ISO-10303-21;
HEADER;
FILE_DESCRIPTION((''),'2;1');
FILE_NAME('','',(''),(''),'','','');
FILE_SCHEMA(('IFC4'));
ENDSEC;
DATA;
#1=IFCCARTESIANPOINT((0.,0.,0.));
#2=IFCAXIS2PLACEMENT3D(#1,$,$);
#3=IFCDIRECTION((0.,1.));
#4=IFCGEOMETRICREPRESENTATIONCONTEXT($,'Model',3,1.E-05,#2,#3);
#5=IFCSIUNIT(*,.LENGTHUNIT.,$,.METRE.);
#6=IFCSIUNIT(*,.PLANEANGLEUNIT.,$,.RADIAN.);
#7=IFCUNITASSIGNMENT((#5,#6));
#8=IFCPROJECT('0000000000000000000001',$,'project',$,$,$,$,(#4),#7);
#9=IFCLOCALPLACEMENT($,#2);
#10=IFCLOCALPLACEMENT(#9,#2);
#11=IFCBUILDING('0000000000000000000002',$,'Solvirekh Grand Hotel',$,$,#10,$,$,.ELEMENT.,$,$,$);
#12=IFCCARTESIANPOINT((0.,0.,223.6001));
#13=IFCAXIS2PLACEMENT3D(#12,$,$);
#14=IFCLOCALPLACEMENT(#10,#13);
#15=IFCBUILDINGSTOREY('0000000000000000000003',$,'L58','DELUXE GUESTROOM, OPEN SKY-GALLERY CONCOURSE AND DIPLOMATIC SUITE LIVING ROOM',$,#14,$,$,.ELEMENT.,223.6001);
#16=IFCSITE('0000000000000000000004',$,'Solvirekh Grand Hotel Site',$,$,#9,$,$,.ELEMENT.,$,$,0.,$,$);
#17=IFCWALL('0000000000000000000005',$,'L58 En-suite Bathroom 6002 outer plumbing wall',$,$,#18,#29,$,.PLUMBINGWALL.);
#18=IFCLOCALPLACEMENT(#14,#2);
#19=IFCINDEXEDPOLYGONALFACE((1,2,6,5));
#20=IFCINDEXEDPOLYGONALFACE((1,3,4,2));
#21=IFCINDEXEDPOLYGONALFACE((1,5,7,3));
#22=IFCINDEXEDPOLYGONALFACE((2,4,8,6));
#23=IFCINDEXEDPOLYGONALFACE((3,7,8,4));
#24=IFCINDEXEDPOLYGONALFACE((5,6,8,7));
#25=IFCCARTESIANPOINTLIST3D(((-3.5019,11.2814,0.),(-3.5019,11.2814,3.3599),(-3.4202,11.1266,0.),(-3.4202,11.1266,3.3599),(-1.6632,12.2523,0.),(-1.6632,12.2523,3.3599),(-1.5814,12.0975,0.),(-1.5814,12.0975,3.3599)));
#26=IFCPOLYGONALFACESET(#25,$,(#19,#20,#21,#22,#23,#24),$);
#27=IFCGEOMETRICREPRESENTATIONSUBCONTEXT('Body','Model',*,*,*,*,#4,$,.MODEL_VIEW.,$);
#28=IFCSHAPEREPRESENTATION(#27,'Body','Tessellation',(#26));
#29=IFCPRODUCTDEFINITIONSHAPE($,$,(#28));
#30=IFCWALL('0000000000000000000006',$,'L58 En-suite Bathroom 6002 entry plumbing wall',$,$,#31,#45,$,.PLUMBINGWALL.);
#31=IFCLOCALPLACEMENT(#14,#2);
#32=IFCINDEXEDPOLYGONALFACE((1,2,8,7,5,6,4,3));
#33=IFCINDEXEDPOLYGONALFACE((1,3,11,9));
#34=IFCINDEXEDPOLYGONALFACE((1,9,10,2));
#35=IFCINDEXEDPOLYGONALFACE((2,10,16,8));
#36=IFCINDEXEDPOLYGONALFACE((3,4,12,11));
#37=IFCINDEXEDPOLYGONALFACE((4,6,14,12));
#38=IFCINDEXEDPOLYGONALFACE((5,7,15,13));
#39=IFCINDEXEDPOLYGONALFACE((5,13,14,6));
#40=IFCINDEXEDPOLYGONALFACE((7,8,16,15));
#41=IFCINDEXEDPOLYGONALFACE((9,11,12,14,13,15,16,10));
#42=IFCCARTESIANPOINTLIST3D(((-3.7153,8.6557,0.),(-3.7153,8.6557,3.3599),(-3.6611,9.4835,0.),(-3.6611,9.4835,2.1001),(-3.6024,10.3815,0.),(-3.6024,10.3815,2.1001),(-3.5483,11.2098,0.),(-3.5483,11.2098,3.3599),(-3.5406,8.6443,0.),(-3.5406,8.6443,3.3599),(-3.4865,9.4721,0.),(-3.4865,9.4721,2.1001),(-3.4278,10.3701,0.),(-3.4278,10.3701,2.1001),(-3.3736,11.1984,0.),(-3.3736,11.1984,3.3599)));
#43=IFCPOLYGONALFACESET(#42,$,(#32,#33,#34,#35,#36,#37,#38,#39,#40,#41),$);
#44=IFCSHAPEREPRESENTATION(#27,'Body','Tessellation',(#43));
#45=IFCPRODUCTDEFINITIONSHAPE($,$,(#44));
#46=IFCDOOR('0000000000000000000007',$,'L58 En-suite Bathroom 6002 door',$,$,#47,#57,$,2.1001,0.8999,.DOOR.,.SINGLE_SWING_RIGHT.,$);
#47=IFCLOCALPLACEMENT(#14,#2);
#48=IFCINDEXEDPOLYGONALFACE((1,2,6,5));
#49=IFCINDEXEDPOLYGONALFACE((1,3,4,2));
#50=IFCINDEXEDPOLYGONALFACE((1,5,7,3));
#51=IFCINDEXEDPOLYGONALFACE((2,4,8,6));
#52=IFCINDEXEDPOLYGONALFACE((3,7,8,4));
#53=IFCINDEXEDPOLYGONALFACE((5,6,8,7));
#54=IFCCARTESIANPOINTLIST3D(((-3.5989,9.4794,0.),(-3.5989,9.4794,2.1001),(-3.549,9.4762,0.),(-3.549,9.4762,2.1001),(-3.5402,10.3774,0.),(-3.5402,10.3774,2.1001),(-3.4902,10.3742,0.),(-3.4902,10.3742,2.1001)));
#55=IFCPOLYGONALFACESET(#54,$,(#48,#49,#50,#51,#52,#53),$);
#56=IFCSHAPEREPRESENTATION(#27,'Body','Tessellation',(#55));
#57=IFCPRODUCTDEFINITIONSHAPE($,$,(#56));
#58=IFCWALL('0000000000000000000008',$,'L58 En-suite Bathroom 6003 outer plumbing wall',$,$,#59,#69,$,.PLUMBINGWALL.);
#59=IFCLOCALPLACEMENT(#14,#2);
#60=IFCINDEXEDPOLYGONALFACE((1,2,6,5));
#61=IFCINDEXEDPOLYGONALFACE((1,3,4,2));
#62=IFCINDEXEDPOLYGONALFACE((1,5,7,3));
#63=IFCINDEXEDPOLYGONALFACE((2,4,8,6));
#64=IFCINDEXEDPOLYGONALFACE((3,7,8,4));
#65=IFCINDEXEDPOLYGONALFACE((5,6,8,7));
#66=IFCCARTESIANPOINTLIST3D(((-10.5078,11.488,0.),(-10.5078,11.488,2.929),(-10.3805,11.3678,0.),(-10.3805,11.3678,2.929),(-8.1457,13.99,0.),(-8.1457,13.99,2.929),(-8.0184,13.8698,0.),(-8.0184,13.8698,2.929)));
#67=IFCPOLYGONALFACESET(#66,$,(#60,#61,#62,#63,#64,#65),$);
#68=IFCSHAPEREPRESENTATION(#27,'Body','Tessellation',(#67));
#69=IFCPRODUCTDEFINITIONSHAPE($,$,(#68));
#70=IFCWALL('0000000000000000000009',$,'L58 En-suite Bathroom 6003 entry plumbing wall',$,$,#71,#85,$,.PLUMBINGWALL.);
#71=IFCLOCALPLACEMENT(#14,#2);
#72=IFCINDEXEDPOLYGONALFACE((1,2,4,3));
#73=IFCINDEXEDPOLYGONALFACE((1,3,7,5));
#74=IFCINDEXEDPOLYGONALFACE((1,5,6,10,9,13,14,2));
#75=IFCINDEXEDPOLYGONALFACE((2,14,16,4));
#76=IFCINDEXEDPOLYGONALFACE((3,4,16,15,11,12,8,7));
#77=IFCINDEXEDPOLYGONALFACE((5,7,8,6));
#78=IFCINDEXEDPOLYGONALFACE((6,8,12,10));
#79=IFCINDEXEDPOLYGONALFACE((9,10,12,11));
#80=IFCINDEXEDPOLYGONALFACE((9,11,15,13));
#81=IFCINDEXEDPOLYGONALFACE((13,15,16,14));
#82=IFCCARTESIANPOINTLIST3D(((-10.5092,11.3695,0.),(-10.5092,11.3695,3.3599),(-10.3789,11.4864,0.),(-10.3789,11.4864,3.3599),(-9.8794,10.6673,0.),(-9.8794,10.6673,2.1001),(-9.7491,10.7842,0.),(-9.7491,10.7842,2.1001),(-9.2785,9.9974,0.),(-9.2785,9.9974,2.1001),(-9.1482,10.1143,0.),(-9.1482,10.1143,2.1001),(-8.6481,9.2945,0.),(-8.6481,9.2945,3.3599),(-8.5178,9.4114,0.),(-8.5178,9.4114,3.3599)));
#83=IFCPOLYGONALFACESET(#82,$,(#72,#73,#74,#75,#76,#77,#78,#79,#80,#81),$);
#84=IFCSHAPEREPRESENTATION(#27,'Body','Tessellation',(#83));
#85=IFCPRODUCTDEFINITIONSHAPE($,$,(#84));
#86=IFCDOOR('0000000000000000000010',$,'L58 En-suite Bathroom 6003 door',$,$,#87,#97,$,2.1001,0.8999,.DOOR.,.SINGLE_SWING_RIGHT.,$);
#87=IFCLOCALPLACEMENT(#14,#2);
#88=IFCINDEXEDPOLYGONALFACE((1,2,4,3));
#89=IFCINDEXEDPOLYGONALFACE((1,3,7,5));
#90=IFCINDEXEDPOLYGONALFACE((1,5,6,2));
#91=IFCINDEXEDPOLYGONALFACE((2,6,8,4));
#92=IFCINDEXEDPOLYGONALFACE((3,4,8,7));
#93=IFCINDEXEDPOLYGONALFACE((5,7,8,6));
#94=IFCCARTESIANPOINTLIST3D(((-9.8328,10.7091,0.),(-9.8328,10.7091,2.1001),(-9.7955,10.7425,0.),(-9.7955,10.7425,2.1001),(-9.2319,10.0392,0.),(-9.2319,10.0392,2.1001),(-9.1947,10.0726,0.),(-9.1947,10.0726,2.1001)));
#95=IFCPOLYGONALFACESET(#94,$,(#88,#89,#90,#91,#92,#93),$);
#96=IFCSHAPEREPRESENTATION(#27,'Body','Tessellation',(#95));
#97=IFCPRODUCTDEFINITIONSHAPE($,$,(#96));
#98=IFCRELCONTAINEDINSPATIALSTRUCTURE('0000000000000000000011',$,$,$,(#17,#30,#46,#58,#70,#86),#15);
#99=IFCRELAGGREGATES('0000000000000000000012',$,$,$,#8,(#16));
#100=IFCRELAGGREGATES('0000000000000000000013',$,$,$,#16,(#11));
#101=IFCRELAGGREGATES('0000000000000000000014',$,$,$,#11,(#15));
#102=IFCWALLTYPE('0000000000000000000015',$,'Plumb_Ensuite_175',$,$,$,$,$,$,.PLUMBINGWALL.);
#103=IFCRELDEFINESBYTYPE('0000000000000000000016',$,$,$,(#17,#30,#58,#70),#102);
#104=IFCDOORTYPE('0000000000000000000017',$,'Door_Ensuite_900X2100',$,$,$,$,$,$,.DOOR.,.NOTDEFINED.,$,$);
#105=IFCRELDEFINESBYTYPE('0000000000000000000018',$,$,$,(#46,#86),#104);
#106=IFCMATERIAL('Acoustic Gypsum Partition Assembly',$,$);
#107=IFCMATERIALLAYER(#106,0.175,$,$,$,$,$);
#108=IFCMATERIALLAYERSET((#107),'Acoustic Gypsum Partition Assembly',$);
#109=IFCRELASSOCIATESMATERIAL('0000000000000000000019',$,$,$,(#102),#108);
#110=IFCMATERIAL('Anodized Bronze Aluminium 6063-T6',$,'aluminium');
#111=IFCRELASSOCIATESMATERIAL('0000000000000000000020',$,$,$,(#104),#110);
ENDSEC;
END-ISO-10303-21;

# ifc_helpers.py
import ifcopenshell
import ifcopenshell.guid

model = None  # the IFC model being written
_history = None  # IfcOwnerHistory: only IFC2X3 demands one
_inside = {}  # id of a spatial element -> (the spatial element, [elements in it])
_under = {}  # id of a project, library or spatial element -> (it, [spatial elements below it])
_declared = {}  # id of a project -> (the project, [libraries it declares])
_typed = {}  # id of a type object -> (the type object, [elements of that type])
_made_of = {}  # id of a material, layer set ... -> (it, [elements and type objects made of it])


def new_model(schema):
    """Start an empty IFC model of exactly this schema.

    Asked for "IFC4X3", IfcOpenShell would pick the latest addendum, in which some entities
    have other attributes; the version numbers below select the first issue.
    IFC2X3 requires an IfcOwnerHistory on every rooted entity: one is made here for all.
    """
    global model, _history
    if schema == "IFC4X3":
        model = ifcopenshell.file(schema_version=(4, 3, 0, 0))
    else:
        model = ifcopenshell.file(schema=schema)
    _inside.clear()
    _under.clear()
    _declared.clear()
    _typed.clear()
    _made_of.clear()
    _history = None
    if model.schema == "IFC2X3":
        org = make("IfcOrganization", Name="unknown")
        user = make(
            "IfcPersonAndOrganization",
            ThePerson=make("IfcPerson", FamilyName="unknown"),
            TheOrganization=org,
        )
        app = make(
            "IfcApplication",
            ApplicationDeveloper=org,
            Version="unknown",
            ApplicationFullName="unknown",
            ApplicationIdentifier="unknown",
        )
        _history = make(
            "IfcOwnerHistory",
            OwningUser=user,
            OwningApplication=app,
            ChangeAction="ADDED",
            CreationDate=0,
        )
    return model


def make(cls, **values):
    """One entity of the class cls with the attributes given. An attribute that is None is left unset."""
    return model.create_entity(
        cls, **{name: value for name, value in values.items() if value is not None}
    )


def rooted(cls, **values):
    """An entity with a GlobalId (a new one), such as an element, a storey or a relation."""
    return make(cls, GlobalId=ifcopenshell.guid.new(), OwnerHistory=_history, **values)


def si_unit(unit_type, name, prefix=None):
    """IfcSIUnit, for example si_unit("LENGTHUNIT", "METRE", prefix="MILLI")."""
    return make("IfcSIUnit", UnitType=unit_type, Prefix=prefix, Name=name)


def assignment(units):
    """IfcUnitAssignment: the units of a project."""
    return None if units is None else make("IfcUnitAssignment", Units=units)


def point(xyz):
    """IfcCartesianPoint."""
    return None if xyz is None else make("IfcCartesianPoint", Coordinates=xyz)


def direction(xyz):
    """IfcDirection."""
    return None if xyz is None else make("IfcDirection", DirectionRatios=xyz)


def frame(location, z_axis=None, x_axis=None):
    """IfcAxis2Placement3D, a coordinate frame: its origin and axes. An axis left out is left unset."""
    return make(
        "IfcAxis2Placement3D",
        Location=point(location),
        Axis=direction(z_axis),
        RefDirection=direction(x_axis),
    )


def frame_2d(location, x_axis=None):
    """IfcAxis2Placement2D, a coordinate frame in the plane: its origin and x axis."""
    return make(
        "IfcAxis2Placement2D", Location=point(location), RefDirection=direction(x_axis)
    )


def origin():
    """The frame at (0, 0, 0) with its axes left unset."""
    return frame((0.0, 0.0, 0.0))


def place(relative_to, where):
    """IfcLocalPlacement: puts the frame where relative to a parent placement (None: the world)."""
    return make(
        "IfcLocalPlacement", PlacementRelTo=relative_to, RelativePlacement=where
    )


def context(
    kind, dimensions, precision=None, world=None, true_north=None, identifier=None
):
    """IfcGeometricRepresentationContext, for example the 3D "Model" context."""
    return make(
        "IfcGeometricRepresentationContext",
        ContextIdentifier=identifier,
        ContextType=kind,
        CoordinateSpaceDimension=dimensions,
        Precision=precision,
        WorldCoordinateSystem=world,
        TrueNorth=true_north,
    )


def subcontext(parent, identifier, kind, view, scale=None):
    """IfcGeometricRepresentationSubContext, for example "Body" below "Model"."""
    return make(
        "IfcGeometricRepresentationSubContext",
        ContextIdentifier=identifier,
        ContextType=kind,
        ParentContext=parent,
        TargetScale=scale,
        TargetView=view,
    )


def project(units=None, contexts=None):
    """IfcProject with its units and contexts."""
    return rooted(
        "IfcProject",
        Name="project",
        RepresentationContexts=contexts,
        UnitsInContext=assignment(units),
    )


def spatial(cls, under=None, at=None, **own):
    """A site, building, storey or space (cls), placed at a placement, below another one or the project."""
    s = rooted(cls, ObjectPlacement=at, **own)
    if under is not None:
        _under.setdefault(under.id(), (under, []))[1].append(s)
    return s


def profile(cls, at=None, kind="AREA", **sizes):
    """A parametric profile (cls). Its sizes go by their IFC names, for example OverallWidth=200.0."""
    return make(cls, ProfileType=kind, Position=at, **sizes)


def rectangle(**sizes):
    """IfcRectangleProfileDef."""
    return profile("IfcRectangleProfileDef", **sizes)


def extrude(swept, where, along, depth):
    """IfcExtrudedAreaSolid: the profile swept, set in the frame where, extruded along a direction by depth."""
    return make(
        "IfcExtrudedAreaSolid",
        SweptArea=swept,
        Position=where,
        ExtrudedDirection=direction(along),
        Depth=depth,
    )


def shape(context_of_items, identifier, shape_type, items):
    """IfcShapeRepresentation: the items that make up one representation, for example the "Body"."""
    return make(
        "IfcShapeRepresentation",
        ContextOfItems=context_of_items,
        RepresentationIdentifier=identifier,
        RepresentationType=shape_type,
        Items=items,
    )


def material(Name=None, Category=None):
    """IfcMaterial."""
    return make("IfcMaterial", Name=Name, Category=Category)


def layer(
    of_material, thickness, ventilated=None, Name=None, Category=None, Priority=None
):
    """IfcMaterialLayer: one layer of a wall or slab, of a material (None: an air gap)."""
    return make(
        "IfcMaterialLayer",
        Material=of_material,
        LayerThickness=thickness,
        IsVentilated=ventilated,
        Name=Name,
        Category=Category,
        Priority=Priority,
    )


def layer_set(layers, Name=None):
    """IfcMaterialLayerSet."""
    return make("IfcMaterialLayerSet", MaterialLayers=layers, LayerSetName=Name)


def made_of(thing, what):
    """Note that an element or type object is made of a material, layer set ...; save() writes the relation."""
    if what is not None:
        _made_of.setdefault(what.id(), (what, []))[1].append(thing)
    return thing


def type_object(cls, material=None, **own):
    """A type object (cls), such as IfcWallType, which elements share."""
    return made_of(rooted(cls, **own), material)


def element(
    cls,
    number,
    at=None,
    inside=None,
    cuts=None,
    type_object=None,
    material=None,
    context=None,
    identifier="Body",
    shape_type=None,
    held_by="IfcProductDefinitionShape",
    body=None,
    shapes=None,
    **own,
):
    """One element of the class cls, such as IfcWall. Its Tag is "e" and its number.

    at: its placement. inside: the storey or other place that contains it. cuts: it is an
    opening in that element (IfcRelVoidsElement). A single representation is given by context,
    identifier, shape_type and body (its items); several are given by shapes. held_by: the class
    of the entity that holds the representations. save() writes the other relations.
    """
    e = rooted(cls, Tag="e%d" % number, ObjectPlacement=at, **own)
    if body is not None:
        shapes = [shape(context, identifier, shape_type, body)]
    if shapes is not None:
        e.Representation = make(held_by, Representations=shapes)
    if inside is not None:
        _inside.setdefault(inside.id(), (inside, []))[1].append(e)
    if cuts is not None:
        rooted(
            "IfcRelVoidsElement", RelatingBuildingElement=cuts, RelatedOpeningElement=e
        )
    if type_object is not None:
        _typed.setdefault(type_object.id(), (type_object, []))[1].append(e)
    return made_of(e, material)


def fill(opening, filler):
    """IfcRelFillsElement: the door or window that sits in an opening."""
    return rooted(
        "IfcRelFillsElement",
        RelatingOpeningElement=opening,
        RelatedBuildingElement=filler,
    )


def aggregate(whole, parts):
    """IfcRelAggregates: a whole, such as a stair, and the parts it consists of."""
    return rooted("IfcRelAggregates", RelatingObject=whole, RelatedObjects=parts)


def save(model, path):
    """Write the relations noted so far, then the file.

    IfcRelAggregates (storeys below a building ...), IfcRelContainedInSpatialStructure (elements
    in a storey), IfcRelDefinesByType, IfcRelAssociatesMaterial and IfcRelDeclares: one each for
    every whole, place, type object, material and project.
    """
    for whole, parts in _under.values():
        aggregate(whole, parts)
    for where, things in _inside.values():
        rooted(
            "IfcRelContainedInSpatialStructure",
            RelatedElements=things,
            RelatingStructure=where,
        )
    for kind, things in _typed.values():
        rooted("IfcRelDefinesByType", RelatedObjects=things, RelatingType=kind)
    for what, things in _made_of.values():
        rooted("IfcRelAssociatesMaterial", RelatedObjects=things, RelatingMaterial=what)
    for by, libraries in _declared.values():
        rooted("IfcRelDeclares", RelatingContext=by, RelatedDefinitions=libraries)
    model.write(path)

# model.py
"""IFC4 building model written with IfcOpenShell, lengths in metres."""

from ifc_helpers import new_model, si_unit, direction, frame, frame_2d, origin, place, context, subcontext, project, spatial, rectangle, extrude, material, layer, layer_set, type_object, element, fill, save


model = new_model("IFC4")

# Units and contexts
model_context = context("Model", 3, precision=1e-05, world=origin(), true_north=direction((0.0, 1.0)))
body_context = subcontext(model_context, "Body", "Model", "MODEL_VIEW")
ifc_project = project(units=[si_unit("LENGTHUNIT", "METRE"), si_unit("PLANEANGLEUNIT", "RADIAN")], contexts=[model_context])

# Site, building, storey
site_placement = place(None, origin())
site = spatial("IfcSite", under=ifc_project, at=site_placement, Name="Solvirekh Grand Hotel Site", CompositionType="ELEMENT", RefElevation=0.0)
building_placement = place(site_placement, origin())
building = spatial("IfcBuilding", under=site, at=building_placement, Name="Solvirekh Grand Hotel", CompositionType="ELEMENT")
storey_placement = place(building_placement, frame((0.0, 0.0, 223.6001)))
storey = spatial("IfcBuildingStorey", under=building, at=storey_placement, Name="L58", Description="DELUXE GUESTROOM, OPEN SKY-GALLERY CONCOURSE AND DIPLOMATIC SUITE LIVING ROOM", CompositionType="ELEMENT", Elevation=223.6001)

# Shared definitions
ifc_material_1 = material(Name="Anodized Bronze Aluminium 6063-T6", Category="aluminium")

# Shared definitions
ifc_material_2 = material(Name="Acoustic Gypsum Partition Assembly")

# Wall
ifc_layer_1 = layer(ifc_material_2, 0.175)
ifc_layer_set_1 = layer_set([ifc_layer_1], Name="Acoustic Gypsum Partition Assembly")
wall_type_1 = type_object("IfcWallType", Name="Plumb_Ensuite_175", PredefinedType="PLUMBINGWALL", material=ifc_layer_set_1)
wall_1_placement = place(storey_placement, frame((-3.4609, 11.2041, 0.0), z_axis=(0.0, 0.0, 1.0), x_axis=(0.884299, 0.466922, 0.0)))
element("IfcWall", 1, at=wall_1_placement, inside=storey, type_object=wall_type_1, Name="L58 En-suite Bathroom 6002 outer plumbing wall", PredefinedType="PLUMBINGWALL", context=body_context, shape_type="SweptSolid", body=[
    extrude(rectangle(XDim=2.0793, YDim=0.175, at=frame_2d((1.0396, 0.0))), origin(), (0.0, 0.0, 1.0), 3.3599),
])

# Wall, opening, door
wall_2_placement = place(storey_placement, frame((-3.4609, 11.2041, 0.0), z_axis=(0.0, 0.0, 1.0), x_axis=(-0.06524, -0.99787, 0.0)))
wall_2 = element("IfcWall", 2, at=wall_2_placement, inside=storey, type_object=wall_type_1, Name="L58 En-suite Bathroom 6002 entry plumbing wall", PredefinedType="PLUMBINGWALL", context=body_context, shape_type="SweptSolid", body=[
    extrude(rectangle(XDim=2.5596, YDim=0.175, at=frame_2d((1.2798, 0.0))), origin(), (0.0, 0.0, 1.0), 3.3599),
])
opening_1_placement = place(wall_2_placement, frame((0.8301, 0.0, 0.0)))
opening_1 = element("IfcOpeningElement", 3, at=opening_1_placement, cuts=wall_2, PredefinedType="OPENING", context=body_context, shape_type="SweptSolid", body=[
    extrude(rectangle(XDim=0.8999, YDim=2.1001, at=frame_2d((0.45, 1.05))), frame((0.0, 0.0977, 0.0), z_axis=(0.0, -1.0, 0.0), x_axis=(1.0, 0.0, 0.0)), (0.0, 0.0, 1.0), 0.1951),
])
door_type_1 = type_object("IfcDoorType", Name="Door_Ensuite_900X2100", OperationType="NOTDEFINED", PredefinedType="DOOR", material=ifc_material_1)
door_1_placement = place(opening_1_placement, origin())
door_1 = element("IfcDoor", 4, at=door_1_placement, inside=storey, type_object=door_type_1, Name="L58 En-suite Bathroom 6002 door", OperationType="SINGLE_SWING_RIGHT", OverallHeight=2.1001, OverallWidth=0.8999, PredefinedType="DOOR", context=body_context, shape_type="SweptSolid", body=[
    extrude(rectangle(XDim=0.8999, YDim=2.1001, at=frame_2d((0.45, 1.05))), frame((0.0, 0.0249, 0.0), z_axis=(0.0, -1.0, 0.0), x_axis=(1.0, 0.0, 0.0)), (0.0, 0.0, 1.0), 0.05),
])
fill(opening_1, door_1)

# Wall
wall_3_placement = place(storey_placement, frame((-8.082, 13.9299, 0.0), z_axis=(0.0, 0.0, 1.0), x_axis=(-0.686486, -0.727143, 0.0)))
element("IfcWall", 5, at=wall_3_placement, inside=storey, type_object=wall_type_1, Name="L58 En-suite Bathroom 6003 outer plumbing wall", PredefinedType="PLUMBINGWALL", context=body_context, shape_type="SweptSolid", body=[
    extrude(rectangle(XDim=3.4409, YDim=0.175, at=frame_2d((1.7205, 0.0))), origin(), (0.0, 0.0, 1.0), 2.929),
])

# Wall, opening, door
wall_4_placement = place(storey_placement, frame((-8.583, 9.353, 0.0), z_axis=(0.0, 0.0, 1.0), x_axis=(-0.667701, 0.74443, 0.0)))
wall_4 = element("IfcWall", 6, at=wall_4_placement, inside=storey, type_object=wall_type_1, Name="L58 En-suite Bathroom 6003 entry plumbing wall", PredefinedType="PLUMBINGWALL", context=body_context, shape_type="SweptSolid", body=[
    extrude(rectangle(XDim=2.7874, YDim=0.175, at=frame_2d((1.3936, 0.0))), origin(), (0.0, 0.0, 1.0), 3.3599),
])
opening_2_placement = place(wall_4_placement, frame((0.9441, 0.0, 0.0)))
opening_2 = element("IfcOpeningElement", 7, at=opening_2_placement, cuts=wall_4, PredefinedType="OPENING", context=body_context, shape_type="SweptSolid", body=[
    extrude(rectangle(XDim=0.8999, YDim=2.1001, at=frame_2d((0.45, 1.05))), frame((0.0, 0.0977, 0.0), z_axis=(0.0, -1.0, 0.0), x_axis=(1.0, 0.0, 0.0)), (0.0, 0.0, 1.0), 0.1951),
])
door_2_placement = place(opening_2_placement, origin())
door_2 = element("IfcDoor", 8, at=door_2_placement, inside=storey, type_object=door_type_1, Name="L58 En-suite Bathroom 6003 door", OperationType="SINGLE_SWING_RIGHT", OverallHeight=2.1001, OverallWidth=0.8999, PredefinedType="DOOR", context=body_context, shape_type="SweptSolid", body=[
    extrude(rectangle(XDim=0.8999, YDim=2.1001, at=frame_2d((0.45, 1.05))), frame((0.0, 0.0249, 0.0), z_axis=(0.0, -1.0, 0.0), x_axis=(1.0, 0.0, 0.0)), (0.0, 0.0, 1.0), 0.05),
])
fill(opening_2, door_2)

save(model, "model.ifc")
